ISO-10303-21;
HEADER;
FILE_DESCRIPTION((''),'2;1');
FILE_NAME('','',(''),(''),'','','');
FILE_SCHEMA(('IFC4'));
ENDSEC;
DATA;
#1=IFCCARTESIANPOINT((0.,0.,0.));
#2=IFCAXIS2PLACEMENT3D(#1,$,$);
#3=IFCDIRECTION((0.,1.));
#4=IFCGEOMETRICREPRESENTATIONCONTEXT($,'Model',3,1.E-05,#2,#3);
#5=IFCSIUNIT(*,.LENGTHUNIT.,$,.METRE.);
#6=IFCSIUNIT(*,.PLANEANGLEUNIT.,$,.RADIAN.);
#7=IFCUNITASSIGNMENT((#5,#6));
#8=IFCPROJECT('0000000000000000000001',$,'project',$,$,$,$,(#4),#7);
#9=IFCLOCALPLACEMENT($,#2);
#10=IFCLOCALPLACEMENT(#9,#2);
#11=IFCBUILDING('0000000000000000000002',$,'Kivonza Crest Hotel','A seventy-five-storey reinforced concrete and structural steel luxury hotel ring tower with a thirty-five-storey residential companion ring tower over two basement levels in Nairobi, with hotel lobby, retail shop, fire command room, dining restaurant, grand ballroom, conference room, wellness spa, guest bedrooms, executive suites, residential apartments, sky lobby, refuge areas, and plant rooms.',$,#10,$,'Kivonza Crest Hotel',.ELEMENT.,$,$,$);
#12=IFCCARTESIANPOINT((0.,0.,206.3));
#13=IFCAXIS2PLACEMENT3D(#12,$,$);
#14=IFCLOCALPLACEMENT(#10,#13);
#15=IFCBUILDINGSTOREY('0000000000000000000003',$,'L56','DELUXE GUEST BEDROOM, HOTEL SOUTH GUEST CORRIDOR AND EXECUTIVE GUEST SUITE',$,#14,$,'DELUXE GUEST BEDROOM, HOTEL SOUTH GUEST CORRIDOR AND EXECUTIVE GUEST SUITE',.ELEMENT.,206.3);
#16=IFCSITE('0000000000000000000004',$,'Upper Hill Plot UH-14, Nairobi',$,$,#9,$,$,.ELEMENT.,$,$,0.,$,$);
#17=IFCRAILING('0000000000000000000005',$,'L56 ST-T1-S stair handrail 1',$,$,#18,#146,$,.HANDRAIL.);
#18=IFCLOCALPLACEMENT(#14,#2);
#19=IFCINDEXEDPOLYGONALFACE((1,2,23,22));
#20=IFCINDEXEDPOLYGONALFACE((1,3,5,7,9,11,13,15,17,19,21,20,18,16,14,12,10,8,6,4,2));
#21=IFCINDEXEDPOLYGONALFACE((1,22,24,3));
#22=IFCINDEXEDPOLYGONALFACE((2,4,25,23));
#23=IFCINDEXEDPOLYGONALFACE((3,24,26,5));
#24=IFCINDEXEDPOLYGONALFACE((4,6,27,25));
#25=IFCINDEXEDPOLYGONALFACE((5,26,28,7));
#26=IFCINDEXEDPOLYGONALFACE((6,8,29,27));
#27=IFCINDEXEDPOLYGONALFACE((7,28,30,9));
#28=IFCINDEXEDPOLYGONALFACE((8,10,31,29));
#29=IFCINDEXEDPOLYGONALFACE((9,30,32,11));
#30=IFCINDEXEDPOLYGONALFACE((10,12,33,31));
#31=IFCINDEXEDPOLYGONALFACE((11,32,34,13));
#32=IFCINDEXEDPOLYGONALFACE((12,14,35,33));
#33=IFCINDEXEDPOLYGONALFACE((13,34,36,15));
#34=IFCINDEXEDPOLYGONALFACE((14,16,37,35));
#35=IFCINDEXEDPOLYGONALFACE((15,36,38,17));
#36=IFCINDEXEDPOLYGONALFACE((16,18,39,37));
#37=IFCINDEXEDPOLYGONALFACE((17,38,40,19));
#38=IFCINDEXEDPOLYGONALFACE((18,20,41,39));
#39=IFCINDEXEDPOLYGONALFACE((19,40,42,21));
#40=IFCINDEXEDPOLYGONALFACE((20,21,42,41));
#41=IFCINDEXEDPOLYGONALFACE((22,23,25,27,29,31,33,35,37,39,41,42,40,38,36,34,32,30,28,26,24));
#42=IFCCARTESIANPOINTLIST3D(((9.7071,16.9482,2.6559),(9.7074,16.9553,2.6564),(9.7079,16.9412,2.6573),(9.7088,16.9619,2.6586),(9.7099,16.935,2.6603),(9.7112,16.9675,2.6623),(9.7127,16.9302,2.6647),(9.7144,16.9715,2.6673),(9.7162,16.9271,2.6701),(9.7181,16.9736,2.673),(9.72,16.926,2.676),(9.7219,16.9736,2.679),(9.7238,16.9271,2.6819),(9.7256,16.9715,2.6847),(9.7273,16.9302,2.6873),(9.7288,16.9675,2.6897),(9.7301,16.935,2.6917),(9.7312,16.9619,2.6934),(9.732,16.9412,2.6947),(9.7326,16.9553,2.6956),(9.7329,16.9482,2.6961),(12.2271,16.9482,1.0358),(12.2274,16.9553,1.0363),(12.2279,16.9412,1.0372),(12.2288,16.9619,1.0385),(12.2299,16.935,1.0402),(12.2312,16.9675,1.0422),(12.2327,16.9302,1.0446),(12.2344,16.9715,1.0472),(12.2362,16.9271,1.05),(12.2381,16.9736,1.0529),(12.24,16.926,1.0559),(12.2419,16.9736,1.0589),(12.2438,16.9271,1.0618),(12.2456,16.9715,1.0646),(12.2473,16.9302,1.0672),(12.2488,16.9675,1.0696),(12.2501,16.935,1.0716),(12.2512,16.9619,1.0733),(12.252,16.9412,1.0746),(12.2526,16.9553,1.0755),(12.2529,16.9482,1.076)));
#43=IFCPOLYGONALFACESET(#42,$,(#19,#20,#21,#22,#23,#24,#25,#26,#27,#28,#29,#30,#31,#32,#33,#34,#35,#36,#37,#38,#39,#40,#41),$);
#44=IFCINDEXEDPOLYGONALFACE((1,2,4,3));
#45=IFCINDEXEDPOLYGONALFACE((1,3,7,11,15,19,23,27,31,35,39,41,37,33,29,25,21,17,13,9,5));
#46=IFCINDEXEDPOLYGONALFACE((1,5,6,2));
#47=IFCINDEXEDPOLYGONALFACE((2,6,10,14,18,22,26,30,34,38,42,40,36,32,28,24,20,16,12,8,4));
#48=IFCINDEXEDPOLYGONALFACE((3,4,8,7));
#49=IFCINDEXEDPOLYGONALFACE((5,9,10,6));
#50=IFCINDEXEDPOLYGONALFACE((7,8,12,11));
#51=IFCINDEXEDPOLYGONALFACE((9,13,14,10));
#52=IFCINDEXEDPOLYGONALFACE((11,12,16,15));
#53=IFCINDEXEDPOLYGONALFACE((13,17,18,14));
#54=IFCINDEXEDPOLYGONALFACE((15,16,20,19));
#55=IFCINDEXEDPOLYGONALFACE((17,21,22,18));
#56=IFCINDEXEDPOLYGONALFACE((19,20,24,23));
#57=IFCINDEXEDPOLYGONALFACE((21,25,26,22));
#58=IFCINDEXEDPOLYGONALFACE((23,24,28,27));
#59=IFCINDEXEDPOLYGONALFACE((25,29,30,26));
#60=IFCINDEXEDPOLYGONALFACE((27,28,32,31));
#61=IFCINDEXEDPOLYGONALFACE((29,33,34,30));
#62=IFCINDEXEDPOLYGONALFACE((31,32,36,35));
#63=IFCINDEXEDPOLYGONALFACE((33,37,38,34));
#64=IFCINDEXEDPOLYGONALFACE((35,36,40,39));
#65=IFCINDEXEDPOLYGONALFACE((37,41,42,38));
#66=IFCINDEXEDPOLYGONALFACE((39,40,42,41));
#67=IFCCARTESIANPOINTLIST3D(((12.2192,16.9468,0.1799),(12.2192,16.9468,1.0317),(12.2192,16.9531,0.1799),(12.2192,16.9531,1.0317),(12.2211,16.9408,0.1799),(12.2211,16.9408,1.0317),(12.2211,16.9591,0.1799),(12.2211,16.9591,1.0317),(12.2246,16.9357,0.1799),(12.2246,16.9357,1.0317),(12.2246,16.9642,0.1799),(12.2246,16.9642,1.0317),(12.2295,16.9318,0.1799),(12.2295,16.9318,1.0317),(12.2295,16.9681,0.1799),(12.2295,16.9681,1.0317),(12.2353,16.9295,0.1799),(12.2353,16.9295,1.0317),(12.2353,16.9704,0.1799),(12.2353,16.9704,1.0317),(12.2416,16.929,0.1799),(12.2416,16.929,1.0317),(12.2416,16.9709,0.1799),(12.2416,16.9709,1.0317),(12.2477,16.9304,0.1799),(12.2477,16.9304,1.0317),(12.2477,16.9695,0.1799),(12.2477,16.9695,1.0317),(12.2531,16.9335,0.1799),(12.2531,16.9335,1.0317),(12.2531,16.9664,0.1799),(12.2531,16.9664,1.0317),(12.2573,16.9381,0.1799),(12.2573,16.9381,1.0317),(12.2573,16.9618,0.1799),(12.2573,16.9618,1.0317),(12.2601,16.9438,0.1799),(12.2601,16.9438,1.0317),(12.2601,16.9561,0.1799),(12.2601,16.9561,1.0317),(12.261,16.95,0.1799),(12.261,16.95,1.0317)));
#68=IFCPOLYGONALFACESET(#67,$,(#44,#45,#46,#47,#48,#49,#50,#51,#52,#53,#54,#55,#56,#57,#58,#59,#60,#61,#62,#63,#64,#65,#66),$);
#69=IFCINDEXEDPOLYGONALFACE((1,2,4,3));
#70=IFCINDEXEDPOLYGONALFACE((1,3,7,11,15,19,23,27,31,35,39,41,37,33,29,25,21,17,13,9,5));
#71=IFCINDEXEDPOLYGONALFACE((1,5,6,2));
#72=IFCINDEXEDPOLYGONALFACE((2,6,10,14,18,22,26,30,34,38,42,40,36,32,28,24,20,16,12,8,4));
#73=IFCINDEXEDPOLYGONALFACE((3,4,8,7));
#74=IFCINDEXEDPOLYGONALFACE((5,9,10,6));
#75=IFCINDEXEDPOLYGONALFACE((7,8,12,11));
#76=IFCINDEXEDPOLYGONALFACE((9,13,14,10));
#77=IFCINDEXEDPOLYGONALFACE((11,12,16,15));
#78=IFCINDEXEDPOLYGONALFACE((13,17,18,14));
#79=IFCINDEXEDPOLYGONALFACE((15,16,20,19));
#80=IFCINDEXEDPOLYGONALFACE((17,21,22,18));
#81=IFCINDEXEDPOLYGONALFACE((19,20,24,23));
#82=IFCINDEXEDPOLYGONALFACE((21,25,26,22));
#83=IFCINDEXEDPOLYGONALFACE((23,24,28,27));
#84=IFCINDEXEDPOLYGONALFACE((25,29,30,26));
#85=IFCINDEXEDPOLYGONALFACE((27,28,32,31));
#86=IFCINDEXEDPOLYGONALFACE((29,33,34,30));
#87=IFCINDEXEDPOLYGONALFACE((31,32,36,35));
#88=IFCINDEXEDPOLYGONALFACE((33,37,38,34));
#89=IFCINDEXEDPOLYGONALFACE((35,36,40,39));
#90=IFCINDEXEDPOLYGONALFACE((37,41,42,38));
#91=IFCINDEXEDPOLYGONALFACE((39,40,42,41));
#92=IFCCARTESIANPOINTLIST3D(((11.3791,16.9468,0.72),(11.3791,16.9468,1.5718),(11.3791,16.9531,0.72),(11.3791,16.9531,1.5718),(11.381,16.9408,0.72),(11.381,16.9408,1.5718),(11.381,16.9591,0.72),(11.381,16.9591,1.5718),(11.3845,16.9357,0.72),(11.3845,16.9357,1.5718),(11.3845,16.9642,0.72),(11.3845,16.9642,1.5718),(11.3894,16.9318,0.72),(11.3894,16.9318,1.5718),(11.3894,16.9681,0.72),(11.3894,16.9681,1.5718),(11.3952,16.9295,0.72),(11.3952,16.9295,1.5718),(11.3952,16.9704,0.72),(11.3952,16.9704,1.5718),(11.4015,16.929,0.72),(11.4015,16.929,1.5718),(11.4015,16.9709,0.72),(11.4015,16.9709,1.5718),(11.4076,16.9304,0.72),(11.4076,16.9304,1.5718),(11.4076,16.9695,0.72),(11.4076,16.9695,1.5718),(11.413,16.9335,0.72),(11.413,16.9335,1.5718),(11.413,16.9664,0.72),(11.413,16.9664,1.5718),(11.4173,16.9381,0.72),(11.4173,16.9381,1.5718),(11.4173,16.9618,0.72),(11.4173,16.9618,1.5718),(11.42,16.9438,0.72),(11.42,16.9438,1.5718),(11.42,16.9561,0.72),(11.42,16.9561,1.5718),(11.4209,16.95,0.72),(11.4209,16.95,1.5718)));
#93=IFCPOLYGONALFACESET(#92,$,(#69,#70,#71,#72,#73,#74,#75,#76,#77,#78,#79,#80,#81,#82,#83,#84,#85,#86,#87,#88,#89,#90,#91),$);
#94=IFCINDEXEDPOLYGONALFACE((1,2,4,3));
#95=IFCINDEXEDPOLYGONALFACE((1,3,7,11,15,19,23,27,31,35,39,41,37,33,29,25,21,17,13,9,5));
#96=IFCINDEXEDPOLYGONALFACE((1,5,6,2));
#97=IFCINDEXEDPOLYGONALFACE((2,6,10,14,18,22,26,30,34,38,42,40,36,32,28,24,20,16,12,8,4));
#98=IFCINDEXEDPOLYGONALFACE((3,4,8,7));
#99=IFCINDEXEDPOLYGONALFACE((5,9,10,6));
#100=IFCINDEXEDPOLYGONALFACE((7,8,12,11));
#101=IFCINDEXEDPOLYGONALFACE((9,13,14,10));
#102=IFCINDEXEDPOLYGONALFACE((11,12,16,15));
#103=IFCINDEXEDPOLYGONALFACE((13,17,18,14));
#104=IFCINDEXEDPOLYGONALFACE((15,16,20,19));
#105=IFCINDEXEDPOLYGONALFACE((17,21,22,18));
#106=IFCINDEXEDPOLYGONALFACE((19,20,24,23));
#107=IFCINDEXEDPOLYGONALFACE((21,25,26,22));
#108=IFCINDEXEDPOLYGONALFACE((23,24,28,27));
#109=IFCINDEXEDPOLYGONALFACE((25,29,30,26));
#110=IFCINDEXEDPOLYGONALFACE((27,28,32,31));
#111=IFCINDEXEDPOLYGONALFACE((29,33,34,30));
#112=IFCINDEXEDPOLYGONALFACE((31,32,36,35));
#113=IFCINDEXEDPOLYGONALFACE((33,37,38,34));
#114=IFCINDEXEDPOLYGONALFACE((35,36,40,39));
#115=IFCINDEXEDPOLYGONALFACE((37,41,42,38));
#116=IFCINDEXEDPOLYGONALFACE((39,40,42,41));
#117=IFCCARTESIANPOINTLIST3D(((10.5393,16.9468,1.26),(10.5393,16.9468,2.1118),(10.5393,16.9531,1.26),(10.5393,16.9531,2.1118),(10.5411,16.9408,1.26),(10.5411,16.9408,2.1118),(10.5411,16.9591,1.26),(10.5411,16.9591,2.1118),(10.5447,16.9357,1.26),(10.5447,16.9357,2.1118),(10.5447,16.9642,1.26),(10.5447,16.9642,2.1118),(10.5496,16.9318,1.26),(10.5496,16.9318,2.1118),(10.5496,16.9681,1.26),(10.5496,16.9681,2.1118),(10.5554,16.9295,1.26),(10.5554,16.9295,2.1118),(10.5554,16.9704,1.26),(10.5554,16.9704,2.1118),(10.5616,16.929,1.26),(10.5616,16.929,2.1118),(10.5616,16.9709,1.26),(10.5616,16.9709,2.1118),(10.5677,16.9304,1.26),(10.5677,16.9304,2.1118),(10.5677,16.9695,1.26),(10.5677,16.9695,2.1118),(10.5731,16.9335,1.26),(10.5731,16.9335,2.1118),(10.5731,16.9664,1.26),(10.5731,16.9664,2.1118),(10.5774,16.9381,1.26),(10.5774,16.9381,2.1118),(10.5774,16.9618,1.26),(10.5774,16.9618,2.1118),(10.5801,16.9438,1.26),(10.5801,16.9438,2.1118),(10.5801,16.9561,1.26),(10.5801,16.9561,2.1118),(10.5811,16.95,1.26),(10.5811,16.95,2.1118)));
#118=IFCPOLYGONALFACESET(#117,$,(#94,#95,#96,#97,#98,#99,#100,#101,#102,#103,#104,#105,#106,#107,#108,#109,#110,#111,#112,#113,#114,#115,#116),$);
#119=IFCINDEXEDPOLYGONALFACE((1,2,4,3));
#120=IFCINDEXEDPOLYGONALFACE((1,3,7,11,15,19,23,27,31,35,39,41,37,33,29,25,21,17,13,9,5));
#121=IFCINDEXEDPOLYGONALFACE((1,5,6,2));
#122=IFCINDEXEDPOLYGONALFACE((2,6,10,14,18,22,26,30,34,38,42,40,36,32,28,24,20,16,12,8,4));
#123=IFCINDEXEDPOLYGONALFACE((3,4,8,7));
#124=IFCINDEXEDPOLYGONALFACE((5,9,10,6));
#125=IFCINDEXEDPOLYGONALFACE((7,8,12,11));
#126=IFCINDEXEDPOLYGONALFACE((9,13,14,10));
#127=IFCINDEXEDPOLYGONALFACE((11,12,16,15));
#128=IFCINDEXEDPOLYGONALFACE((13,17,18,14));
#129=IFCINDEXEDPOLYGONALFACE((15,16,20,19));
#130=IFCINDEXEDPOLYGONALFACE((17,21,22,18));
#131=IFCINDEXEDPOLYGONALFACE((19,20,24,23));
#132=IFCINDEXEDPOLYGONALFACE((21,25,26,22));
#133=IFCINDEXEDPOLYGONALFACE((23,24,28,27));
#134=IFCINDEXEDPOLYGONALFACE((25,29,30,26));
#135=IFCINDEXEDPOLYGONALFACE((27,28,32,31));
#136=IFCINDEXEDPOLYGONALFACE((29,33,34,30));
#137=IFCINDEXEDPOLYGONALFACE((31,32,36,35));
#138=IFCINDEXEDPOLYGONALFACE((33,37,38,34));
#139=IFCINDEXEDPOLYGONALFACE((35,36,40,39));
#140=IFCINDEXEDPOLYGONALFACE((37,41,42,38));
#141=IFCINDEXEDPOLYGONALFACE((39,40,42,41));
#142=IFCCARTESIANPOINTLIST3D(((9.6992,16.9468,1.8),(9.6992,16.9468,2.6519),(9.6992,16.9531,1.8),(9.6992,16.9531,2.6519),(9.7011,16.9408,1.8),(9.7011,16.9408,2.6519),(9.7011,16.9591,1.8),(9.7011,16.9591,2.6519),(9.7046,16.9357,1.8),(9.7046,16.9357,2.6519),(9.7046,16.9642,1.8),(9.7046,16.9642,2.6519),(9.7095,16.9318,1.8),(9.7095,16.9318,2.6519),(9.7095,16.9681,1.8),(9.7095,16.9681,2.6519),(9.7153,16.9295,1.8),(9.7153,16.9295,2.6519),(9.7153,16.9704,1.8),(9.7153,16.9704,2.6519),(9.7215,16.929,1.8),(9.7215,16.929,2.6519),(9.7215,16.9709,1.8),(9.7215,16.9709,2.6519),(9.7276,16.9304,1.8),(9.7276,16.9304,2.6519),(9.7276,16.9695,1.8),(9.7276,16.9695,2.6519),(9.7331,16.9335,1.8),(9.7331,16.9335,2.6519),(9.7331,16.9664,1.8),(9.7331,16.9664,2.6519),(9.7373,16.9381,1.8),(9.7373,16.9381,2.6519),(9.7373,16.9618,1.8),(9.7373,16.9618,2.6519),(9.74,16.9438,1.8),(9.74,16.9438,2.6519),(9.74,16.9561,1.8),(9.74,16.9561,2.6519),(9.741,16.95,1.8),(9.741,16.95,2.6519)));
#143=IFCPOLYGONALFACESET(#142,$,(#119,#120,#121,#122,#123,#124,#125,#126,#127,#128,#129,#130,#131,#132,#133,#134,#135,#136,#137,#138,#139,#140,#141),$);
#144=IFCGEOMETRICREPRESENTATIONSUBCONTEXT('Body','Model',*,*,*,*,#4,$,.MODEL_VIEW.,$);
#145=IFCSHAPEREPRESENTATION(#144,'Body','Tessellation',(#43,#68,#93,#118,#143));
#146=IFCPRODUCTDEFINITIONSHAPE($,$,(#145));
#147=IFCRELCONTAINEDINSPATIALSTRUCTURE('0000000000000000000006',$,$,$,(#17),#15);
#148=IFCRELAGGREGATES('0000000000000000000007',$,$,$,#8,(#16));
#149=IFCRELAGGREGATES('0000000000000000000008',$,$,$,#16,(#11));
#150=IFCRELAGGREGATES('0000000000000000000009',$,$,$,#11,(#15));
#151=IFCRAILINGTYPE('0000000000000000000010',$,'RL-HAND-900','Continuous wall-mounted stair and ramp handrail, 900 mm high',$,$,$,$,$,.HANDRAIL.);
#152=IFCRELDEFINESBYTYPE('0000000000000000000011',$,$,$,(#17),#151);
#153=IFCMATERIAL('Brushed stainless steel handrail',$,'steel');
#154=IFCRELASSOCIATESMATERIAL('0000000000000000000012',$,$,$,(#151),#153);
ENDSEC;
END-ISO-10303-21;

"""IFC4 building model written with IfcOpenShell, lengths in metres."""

from ifc_helpers import new_model, si_unit, direction, frame, origin, origin_2d, place, context, subcontext, project, spatial, circle, extrude, material, type_object, element, save


model = new_model("IFC4")

# Units and contexts
model_context = context("Model", 3, precision=1e-05, world=origin(), true_north=direction((0.0, 1.0)))
body_context = subcontext(model_context, "Body", "Model", "MODEL_VIEW")
ifc_project = project(units=[si_unit("LENGTHUNIT", "METRE"), si_unit("PLANEANGLEUNIT", "RADIAN")], contexts=[model_context])

# Site, building, storey
site_placement = place(None, origin())
site = spatial("IfcSite", under=ifc_project, at=site_placement, Name="Upper Hill Plot UH-14, Nairobi", CompositionType="ELEMENT", RefElevation=0.0)
building_placement = place(site_placement, origin())
building = spatial("IfcBuilding", under=site, at=building_placement, Name="Kivonza Crest Hotel", Description="A seventy-five-storey reinforced concrete and structural steel luxury hotel ring tower with a thirty-five-storey residential companion ring tower over two basement levels in Nairobi, with hotel lobby, retail shop, fire command room, dining restaurant, grand ballroom, conference room, wellness spa, guest bedrooms, executive suites, residential apartments, sky lobby, refuge areas, and plant rooms.", LongName="Kivonza Crest Hotel", CompositionType="ELEMENT")
storey_placement = place(building_placement, frame((0.0, 0.0, 206.3)))
storey = spatial("IfcBuildingStorey", under=building, at=storey_placement, Name="L56", Description="DELUXE GUEST BEDROOM, HOTEL SOUTH GUEST CORRIDOR AND EXECUTIVE GUEST SUITE", LongName="DELUXE GUEST BEDROOM, HOTEL SOUTH GUEST CORRIDOR AND EXECUTIVE GUEST SUITE", CompositionType="ELEMENT", Elevation=206.3)

# Railing
ifc_material_1 = material(Name="Brushed stainless steel handrail", Category="steel")
railing_type_1 = type_object("IfcRailingType", Name="RL-HAND-900", Description="Continuous wall-mounted stair and ramp handrail, 900 mm high", PredefinedType="HANDRAIL", material=ifc_material_1)
railing_1_placement = place(storey_placement, frame((12.24, 16.95, 0.1799)))
element("IfcRailing", 1, at=railing_1_placement, inside=storey, type_object=railing_type_1, Name="L56 ST-T1-S stair handrail 1", PredefinedType="HANDRAIL", context=body_context, shape_type="SweptSolid", body=[
    extrude(circle(Radius=0.0239, at=origin_2d()), frame((0.0, 0.0, 0.876), z_axis=(-0.841163, 0.0, 0.540782), x_axis=(0.0, -1.0, 0.0)), (0.0, 0.0, 1.0), 2.9958),
    extrude(circle(Radius=0.021, at=origin_2d()), origin(), (0.0, 0.0, 1.0), 0.8518),
    extrude(circle(Radius=0.021, at=origin_2d()), frame((-0.8401, 0.0, 0.54)), (0.0, 0.0, 1.0), 0.8518),
    extrude(circle(Radius=0.021, at=origin_2d()), frame((-1.6799, 0.0, 1.0801)), (0.0, 0.0, 1.0), 0.8518),
    extrude(circle(Radius=0.021, at=origin_2d()), frame((-2.52, 0.0, 1.6201)), (0.0, 0.0, 1.0), 0.8518),
])

save(model, "model.ifc")
